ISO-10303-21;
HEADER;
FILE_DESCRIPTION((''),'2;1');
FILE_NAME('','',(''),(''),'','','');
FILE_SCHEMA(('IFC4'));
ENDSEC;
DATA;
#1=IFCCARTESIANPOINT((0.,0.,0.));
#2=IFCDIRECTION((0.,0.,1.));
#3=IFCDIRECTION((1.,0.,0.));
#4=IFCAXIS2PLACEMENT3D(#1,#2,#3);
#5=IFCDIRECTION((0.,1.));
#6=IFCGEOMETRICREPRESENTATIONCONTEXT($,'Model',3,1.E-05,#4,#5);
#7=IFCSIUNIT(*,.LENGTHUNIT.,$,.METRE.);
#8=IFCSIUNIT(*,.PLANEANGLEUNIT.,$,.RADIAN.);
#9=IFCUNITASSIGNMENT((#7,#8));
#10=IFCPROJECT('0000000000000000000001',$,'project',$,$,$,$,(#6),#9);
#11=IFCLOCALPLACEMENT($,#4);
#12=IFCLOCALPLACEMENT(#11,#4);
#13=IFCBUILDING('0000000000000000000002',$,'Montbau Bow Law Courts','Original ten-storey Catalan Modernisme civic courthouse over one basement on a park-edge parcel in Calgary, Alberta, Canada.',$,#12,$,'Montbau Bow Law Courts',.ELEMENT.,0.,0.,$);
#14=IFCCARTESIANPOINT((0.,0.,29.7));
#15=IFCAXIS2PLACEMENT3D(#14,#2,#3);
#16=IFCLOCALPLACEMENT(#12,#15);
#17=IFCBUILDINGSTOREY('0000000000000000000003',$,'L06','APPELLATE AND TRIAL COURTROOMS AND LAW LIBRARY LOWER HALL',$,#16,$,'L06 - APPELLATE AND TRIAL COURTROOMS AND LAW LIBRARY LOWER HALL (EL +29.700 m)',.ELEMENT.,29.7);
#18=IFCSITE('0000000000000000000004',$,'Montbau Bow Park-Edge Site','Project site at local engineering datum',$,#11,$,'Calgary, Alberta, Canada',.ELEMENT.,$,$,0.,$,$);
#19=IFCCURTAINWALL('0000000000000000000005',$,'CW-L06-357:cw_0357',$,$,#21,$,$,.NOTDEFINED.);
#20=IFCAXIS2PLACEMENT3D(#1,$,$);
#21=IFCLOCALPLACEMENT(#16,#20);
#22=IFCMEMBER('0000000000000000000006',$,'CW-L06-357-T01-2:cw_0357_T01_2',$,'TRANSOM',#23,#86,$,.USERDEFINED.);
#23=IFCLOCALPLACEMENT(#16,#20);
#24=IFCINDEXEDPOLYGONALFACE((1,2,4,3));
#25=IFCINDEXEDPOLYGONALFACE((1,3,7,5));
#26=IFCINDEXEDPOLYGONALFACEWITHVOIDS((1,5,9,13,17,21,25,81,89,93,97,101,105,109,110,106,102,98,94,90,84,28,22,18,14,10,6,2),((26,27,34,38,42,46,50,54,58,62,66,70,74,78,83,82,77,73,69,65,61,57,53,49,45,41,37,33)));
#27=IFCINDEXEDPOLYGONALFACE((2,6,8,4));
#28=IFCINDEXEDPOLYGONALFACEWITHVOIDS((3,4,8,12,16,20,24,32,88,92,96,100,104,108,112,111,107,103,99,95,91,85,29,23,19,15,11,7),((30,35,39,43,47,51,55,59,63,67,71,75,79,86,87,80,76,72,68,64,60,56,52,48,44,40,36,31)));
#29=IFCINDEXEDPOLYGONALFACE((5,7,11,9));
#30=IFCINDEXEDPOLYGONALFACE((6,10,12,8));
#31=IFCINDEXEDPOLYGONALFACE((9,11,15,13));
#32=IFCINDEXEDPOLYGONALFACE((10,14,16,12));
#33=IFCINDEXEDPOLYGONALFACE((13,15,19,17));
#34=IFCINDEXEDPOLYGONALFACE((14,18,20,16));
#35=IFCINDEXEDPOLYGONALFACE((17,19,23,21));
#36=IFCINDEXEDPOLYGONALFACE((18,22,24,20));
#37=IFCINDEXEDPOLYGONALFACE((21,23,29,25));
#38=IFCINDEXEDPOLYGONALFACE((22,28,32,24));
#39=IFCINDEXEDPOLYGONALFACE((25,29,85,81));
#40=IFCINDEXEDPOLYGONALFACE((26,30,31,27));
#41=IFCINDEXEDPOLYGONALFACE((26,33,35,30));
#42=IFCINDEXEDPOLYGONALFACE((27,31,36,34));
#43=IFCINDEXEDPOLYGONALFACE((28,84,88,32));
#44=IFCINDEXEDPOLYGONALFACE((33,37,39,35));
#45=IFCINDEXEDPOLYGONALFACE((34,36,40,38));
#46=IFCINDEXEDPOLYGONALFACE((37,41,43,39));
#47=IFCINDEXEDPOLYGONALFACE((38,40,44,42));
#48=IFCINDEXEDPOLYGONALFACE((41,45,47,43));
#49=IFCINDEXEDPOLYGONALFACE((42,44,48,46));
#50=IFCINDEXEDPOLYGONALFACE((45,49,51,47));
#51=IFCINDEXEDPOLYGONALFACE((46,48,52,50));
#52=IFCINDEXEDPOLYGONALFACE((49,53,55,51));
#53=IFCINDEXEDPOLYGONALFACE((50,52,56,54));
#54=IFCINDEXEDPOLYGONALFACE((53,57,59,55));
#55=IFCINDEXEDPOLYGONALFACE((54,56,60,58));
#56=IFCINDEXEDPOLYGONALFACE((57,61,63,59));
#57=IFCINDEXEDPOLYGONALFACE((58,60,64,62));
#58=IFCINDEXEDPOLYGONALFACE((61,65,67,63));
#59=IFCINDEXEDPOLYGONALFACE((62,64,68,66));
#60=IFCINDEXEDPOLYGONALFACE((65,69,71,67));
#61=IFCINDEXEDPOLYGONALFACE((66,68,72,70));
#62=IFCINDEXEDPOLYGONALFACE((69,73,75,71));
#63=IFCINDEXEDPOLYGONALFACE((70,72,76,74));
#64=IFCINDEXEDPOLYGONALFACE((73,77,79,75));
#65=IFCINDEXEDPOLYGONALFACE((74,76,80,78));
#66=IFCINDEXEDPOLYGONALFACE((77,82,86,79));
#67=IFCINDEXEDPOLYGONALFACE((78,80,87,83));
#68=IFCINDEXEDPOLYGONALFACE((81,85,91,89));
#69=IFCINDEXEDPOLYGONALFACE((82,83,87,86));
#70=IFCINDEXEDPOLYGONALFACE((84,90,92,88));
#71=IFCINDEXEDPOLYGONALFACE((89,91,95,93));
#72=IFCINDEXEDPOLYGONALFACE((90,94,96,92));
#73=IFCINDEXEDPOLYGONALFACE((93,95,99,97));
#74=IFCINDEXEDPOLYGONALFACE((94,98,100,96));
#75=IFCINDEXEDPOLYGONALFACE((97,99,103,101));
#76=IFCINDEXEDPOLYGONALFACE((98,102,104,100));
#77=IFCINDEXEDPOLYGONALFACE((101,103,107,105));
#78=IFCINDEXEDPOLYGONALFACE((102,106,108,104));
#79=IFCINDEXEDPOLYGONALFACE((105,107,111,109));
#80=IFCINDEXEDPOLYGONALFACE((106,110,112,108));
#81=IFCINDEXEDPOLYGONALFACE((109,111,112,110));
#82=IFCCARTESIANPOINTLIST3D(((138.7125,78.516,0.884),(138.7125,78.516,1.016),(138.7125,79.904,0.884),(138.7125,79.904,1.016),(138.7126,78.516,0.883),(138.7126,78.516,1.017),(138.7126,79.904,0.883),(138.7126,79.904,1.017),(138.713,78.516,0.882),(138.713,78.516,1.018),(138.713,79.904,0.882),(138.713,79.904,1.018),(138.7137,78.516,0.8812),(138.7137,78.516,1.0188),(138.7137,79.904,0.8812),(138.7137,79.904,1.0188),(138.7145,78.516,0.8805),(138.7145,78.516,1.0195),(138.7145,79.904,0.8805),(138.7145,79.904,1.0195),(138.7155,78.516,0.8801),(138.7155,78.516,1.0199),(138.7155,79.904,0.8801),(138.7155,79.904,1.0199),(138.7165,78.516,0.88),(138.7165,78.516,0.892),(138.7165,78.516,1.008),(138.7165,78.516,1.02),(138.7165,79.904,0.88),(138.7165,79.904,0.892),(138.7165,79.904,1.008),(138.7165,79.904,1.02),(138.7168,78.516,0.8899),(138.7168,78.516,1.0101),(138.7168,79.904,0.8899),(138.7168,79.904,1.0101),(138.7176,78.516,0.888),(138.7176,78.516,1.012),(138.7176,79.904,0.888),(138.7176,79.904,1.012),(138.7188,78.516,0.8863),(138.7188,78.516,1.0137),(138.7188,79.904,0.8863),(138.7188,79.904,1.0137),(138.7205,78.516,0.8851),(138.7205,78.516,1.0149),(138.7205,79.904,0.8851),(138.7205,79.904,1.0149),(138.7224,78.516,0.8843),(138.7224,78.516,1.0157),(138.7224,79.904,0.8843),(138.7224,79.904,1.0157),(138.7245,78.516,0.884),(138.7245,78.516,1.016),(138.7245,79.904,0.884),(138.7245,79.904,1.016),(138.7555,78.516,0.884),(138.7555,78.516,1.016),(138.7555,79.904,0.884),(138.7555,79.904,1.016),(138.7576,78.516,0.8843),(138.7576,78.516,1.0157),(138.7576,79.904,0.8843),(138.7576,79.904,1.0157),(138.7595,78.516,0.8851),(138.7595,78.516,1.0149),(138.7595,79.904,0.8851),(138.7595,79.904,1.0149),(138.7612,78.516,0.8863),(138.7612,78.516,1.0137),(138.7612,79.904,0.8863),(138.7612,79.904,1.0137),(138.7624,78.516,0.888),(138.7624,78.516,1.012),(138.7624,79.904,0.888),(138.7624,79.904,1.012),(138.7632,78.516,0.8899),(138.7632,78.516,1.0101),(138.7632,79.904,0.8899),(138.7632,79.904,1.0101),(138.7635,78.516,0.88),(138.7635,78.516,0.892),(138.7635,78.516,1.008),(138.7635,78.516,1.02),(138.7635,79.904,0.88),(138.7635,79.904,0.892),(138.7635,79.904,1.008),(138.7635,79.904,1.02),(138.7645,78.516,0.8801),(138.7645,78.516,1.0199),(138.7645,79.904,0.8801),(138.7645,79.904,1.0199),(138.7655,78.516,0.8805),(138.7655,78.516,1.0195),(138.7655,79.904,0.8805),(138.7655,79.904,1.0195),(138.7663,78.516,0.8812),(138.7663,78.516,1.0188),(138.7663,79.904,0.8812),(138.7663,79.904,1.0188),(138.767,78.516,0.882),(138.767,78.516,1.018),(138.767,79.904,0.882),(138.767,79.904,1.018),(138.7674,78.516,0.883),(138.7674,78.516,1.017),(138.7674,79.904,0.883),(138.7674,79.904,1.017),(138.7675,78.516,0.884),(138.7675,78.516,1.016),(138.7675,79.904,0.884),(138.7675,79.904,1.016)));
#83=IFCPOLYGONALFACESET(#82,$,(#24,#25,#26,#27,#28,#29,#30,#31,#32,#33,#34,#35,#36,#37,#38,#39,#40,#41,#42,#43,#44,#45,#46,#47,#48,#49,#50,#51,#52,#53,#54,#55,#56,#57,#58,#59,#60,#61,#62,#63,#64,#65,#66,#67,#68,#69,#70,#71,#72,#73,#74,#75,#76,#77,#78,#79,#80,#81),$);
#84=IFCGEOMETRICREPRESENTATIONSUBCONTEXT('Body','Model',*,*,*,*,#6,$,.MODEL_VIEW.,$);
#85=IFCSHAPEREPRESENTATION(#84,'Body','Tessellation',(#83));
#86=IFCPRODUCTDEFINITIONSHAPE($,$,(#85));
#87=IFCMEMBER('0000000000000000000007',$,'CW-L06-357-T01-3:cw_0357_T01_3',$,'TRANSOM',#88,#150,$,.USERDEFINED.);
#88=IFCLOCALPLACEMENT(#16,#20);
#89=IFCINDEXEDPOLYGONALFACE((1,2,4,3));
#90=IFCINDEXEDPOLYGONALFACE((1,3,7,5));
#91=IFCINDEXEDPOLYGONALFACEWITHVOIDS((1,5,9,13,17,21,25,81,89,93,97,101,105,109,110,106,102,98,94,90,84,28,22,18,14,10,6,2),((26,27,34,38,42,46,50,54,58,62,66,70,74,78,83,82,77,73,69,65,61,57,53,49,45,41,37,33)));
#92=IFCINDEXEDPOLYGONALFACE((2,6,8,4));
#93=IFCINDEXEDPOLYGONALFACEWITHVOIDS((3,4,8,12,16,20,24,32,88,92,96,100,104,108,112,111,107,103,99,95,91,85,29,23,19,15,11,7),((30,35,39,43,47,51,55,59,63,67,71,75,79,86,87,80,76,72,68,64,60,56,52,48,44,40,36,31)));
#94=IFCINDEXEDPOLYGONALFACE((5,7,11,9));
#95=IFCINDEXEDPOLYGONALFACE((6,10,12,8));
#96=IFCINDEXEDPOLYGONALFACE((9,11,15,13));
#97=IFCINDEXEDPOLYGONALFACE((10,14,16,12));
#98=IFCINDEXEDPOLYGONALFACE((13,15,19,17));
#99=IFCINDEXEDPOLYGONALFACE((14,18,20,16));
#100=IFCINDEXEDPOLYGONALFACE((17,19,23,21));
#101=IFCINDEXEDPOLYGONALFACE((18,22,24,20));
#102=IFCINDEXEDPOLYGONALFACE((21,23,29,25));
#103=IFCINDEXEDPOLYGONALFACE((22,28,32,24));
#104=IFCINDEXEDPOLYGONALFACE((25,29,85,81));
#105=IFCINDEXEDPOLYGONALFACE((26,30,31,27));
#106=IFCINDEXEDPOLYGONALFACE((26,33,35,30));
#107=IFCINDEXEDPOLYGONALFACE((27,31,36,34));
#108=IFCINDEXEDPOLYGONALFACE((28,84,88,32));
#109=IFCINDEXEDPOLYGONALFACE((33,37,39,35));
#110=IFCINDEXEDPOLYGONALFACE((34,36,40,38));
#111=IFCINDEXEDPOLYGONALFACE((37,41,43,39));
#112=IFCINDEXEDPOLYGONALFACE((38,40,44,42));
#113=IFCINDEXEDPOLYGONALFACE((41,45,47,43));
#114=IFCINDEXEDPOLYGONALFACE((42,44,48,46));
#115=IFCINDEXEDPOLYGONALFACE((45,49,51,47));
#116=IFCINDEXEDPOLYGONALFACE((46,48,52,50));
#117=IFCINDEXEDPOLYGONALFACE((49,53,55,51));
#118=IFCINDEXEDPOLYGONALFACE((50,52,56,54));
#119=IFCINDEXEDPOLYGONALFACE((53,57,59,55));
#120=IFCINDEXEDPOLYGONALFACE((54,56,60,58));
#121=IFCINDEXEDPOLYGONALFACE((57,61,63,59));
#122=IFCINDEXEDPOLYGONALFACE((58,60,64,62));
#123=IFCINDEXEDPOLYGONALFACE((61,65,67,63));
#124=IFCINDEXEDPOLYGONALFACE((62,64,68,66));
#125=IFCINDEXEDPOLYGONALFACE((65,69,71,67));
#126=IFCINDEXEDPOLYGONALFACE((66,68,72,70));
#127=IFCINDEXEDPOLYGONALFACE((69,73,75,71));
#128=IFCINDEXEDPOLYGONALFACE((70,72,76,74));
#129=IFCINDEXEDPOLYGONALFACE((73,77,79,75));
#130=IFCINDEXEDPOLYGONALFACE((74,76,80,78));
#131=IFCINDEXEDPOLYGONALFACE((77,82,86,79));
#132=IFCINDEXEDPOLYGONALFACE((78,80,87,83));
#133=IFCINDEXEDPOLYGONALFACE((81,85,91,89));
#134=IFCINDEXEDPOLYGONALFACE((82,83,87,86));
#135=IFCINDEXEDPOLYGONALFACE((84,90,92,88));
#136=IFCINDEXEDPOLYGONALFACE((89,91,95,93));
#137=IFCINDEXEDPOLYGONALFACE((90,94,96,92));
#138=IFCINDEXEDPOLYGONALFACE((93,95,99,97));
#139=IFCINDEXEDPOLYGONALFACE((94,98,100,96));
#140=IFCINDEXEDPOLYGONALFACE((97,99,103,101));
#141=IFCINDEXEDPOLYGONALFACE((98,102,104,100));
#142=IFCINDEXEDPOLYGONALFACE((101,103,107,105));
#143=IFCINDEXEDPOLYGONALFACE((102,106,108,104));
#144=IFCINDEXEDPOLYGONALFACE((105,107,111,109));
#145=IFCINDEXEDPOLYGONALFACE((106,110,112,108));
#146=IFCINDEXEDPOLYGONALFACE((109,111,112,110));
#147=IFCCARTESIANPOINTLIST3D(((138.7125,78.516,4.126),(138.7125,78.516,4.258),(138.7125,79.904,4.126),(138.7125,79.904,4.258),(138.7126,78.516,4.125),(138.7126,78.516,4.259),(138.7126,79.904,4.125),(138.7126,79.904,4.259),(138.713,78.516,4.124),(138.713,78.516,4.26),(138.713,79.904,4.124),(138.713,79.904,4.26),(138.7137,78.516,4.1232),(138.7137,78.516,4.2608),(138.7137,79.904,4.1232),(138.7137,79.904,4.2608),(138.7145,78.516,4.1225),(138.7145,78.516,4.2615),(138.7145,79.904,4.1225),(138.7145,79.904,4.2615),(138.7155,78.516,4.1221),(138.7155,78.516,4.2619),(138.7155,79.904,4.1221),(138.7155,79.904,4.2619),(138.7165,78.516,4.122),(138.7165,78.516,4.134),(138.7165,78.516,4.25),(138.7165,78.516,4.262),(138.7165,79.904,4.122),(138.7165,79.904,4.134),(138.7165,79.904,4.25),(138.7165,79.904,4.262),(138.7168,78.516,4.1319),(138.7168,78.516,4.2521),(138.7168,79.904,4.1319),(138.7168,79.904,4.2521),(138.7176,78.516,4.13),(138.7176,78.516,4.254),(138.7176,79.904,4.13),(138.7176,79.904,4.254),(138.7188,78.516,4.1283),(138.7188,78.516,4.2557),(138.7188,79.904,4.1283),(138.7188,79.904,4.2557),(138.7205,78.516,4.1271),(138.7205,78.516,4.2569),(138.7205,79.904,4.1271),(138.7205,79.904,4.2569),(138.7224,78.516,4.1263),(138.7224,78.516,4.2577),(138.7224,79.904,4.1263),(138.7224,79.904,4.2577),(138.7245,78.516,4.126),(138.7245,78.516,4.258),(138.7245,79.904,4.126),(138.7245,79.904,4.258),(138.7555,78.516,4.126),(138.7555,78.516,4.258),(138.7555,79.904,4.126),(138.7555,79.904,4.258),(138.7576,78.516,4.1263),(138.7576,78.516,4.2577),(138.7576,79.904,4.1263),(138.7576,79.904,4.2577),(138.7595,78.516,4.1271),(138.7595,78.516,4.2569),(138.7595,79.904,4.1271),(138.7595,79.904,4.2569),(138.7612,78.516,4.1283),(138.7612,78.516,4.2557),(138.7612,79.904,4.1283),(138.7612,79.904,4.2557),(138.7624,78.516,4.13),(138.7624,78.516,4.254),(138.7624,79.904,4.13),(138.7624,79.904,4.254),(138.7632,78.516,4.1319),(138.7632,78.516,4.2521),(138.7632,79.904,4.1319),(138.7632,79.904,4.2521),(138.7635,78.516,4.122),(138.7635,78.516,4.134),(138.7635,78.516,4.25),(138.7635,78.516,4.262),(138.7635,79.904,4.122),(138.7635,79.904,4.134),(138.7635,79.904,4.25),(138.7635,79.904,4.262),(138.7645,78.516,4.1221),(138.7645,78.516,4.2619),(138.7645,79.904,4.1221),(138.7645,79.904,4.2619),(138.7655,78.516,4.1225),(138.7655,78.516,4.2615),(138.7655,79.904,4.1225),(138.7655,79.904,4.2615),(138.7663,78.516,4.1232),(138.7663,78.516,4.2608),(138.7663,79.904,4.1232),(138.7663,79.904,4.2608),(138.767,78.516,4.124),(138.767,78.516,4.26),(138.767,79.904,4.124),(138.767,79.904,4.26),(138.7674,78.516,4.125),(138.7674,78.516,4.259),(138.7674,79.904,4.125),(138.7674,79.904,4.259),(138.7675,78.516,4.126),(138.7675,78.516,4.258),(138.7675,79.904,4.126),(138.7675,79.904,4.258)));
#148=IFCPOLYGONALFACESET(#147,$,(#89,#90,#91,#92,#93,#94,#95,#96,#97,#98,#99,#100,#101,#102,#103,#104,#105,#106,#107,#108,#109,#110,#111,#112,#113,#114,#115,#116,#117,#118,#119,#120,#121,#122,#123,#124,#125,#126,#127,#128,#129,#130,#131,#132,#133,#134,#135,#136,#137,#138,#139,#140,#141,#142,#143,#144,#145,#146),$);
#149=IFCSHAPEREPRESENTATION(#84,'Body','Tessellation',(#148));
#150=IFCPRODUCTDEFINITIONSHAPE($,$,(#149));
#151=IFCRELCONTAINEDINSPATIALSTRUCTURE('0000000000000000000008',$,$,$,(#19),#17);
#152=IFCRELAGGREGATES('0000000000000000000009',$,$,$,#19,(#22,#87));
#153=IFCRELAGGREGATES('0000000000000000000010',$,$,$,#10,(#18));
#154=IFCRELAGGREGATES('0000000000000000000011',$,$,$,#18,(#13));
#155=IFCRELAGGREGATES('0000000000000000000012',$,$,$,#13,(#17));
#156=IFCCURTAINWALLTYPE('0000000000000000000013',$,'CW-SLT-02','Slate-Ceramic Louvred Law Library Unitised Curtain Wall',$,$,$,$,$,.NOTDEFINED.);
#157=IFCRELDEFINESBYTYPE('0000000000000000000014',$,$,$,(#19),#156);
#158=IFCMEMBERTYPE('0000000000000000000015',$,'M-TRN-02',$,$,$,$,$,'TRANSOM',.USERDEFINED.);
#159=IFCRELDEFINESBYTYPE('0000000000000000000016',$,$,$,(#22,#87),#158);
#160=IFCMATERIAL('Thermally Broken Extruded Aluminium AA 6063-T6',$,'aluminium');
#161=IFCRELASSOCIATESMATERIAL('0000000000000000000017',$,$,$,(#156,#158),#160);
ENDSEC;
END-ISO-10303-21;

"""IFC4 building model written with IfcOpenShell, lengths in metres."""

from ifc_helpers import new_model, si_unit, direction, frame, origin_with_axes, origin_2d_with_axis, place, context, subcontext, project, spatial, hollow_rectangle, extrude, material, material_profile, profile_set, type_object, element, aggregate, save


model = new_model("IFC4")

# Units and contexts
model_context = context("Model", 3, precision=1e-05, world=origin_with_axes(), true_north=direction((0.0, 1.0)))
body_context = subcontext(model_context, "Body", "Model", "MODEL_VIEW")
ifc_project = project(units=[si_unit("LENGTHUNIT", "METRE"), si_unit("PLANEANGLEUNIT", "RADIAN")], contexts=[model_context])

# Site, building, storey
site_placement = place(None, origin_with_axes())
site = spatial("IfcSite", under=ifc_project, at=site_placement, Name="Montbau Bow Park-Edge Site", Description="Project site at local engineering datum", LongName="Calgary, Alberta, Canada", CompositionType="ELEMENT", RefElevation=0.0)
building_placement = place(site_placement, origin_with_axes())
building = spatial("IfcBuilding", under=site, at=building_placement, Name="Montbau Bow Law Courts", Description="Original ten-storey Catalan Modernisme civic courthouse over one basement on a park-edge parcel in Calgary, Alberta, Canada.", LongName="Montbau Bow Law Courts", CompositionType="ELEMENT", ElevationOfRefHeight=0.0, ElevationOfTerrain=0.0)
storey_placement = place(building_placement, frame((0.0, 0.0, 29.7), z_axis=(0.0, 0.0, 1.0), x_axis=(1.0, 0.0, 0.0)))
storey = spatial("IfcBuildingStorey", under=building, at=storey_placement, Name="L06", Description="APPELLATE AND TRIAL COURTROOMS AND LAW LIBRARY LOWER HALL", LongName="L06 - APPELLATE AND TRIAL COURTROOMS AND LAW LIBRARY LOWER HALL (EL +29.700 m)", CompositionType="ELEMENT", Elevation=29.7)

# Curtain wall, members
ifc_material_1 = material(Name="Thermally Broken Extruded Aluminium AA 6063-T6", Category="aluminium")
curtain_wall_type = type_object("IfcCurtainWallType", Name="CW-SLT-02", Description="Slate-Ceramic Louvred Law Library Unitised Curtain Wall", PredefinedType="NOTDEFINED", material=ifc_material_1)
curtain_wall_placement = place(None, frame((138.74, 78.44, 29.7), z_axis=(0.0, 0.0, 1.0), x_axis=(1.0, 0.0, 0.0)))
curtain_wall = element("IfcCurtainWall", 1, at=curtain_wall_placement, inside=storey, type_object=curtain_wall_type, Name="CW-L06-357:cw_0357", PredefinedType="NOTDEFINED")
ifc_material_profile_1 = material_profile(ifc_material_1, hollow_rectangle(XDim=0.055, YDim=0.14, WallThickness=0.004, InnerFilletRadius=0.008, OuterFilletRadius=0.004, at=origin_2d_with_axis()), Name="CWT-140X55", Category="Main", Priority=0)
ifc_profile_set_1 = profile_set([ifc_material_profile_1], Name="Thermally Broken Extruded Aluminium AA 6063-T6")
member_type_1 = type_object("IfcMemberType", Name="M-TRN-02", ElementType="TRANSOM", PredefinedType="USERDEFINED", material=ifc_profile_set_1)
member_1_placement = place(None, frame((138.74, 78.516, 30.65), z_axis=(0.0, 1.0, 0.0), x_axis=(-1.0, 0.0, 0.0)))
member_1 = element("IfcMember", 2, at=member_1_placement, type_object=member_type_1, Name="CW-L06-357-T01-2:cw_0357_T01_2", ObjectType="TRANSOM", PredefinedType="USERDEFINED", context=body_context, shape_type="SweptSolid", body=[
    extrude(hollow_rectangle(XDim=0.055, YDim=0.14, WallThickness=0.004, InnerFilletRadius=0.008, OuterFilletRadius=0.004, at=origin_2d_with_axis()), origin_with_axes(), (0.0, 0.0, 1.0), 1.388),
])
member_2_placement = place(None, frame((138.74, 78.516, 33.892), z_axis=(0.0, 1.0, 0.0), x_axis=(-1.0, 0.0, 0.0)))
member_2 = element("IfcMember", 3, at=member_2_placement, type_object=member_type_1, Name="CW-L06-357-T01-3:cw_0357_T01_3", ObjectType="TRANSOM", PredefinedType="USERDEFINED", context=body_context, shape_type="SweptSolid", body=[
    extrude(hollow_rectangle(XDim=0.055, YDim=0.14, WallThickness=0.004, InnerFilletRadius=0.008, OuterFilletRadius=0.004, at=origin_2d_with_axis()), origin_with_axes(), (0.0, 0.0, 1.0), 1.388),
])
aggregate(curtain_wall, [member_1, member_2])

save(model, "model.ifc")
